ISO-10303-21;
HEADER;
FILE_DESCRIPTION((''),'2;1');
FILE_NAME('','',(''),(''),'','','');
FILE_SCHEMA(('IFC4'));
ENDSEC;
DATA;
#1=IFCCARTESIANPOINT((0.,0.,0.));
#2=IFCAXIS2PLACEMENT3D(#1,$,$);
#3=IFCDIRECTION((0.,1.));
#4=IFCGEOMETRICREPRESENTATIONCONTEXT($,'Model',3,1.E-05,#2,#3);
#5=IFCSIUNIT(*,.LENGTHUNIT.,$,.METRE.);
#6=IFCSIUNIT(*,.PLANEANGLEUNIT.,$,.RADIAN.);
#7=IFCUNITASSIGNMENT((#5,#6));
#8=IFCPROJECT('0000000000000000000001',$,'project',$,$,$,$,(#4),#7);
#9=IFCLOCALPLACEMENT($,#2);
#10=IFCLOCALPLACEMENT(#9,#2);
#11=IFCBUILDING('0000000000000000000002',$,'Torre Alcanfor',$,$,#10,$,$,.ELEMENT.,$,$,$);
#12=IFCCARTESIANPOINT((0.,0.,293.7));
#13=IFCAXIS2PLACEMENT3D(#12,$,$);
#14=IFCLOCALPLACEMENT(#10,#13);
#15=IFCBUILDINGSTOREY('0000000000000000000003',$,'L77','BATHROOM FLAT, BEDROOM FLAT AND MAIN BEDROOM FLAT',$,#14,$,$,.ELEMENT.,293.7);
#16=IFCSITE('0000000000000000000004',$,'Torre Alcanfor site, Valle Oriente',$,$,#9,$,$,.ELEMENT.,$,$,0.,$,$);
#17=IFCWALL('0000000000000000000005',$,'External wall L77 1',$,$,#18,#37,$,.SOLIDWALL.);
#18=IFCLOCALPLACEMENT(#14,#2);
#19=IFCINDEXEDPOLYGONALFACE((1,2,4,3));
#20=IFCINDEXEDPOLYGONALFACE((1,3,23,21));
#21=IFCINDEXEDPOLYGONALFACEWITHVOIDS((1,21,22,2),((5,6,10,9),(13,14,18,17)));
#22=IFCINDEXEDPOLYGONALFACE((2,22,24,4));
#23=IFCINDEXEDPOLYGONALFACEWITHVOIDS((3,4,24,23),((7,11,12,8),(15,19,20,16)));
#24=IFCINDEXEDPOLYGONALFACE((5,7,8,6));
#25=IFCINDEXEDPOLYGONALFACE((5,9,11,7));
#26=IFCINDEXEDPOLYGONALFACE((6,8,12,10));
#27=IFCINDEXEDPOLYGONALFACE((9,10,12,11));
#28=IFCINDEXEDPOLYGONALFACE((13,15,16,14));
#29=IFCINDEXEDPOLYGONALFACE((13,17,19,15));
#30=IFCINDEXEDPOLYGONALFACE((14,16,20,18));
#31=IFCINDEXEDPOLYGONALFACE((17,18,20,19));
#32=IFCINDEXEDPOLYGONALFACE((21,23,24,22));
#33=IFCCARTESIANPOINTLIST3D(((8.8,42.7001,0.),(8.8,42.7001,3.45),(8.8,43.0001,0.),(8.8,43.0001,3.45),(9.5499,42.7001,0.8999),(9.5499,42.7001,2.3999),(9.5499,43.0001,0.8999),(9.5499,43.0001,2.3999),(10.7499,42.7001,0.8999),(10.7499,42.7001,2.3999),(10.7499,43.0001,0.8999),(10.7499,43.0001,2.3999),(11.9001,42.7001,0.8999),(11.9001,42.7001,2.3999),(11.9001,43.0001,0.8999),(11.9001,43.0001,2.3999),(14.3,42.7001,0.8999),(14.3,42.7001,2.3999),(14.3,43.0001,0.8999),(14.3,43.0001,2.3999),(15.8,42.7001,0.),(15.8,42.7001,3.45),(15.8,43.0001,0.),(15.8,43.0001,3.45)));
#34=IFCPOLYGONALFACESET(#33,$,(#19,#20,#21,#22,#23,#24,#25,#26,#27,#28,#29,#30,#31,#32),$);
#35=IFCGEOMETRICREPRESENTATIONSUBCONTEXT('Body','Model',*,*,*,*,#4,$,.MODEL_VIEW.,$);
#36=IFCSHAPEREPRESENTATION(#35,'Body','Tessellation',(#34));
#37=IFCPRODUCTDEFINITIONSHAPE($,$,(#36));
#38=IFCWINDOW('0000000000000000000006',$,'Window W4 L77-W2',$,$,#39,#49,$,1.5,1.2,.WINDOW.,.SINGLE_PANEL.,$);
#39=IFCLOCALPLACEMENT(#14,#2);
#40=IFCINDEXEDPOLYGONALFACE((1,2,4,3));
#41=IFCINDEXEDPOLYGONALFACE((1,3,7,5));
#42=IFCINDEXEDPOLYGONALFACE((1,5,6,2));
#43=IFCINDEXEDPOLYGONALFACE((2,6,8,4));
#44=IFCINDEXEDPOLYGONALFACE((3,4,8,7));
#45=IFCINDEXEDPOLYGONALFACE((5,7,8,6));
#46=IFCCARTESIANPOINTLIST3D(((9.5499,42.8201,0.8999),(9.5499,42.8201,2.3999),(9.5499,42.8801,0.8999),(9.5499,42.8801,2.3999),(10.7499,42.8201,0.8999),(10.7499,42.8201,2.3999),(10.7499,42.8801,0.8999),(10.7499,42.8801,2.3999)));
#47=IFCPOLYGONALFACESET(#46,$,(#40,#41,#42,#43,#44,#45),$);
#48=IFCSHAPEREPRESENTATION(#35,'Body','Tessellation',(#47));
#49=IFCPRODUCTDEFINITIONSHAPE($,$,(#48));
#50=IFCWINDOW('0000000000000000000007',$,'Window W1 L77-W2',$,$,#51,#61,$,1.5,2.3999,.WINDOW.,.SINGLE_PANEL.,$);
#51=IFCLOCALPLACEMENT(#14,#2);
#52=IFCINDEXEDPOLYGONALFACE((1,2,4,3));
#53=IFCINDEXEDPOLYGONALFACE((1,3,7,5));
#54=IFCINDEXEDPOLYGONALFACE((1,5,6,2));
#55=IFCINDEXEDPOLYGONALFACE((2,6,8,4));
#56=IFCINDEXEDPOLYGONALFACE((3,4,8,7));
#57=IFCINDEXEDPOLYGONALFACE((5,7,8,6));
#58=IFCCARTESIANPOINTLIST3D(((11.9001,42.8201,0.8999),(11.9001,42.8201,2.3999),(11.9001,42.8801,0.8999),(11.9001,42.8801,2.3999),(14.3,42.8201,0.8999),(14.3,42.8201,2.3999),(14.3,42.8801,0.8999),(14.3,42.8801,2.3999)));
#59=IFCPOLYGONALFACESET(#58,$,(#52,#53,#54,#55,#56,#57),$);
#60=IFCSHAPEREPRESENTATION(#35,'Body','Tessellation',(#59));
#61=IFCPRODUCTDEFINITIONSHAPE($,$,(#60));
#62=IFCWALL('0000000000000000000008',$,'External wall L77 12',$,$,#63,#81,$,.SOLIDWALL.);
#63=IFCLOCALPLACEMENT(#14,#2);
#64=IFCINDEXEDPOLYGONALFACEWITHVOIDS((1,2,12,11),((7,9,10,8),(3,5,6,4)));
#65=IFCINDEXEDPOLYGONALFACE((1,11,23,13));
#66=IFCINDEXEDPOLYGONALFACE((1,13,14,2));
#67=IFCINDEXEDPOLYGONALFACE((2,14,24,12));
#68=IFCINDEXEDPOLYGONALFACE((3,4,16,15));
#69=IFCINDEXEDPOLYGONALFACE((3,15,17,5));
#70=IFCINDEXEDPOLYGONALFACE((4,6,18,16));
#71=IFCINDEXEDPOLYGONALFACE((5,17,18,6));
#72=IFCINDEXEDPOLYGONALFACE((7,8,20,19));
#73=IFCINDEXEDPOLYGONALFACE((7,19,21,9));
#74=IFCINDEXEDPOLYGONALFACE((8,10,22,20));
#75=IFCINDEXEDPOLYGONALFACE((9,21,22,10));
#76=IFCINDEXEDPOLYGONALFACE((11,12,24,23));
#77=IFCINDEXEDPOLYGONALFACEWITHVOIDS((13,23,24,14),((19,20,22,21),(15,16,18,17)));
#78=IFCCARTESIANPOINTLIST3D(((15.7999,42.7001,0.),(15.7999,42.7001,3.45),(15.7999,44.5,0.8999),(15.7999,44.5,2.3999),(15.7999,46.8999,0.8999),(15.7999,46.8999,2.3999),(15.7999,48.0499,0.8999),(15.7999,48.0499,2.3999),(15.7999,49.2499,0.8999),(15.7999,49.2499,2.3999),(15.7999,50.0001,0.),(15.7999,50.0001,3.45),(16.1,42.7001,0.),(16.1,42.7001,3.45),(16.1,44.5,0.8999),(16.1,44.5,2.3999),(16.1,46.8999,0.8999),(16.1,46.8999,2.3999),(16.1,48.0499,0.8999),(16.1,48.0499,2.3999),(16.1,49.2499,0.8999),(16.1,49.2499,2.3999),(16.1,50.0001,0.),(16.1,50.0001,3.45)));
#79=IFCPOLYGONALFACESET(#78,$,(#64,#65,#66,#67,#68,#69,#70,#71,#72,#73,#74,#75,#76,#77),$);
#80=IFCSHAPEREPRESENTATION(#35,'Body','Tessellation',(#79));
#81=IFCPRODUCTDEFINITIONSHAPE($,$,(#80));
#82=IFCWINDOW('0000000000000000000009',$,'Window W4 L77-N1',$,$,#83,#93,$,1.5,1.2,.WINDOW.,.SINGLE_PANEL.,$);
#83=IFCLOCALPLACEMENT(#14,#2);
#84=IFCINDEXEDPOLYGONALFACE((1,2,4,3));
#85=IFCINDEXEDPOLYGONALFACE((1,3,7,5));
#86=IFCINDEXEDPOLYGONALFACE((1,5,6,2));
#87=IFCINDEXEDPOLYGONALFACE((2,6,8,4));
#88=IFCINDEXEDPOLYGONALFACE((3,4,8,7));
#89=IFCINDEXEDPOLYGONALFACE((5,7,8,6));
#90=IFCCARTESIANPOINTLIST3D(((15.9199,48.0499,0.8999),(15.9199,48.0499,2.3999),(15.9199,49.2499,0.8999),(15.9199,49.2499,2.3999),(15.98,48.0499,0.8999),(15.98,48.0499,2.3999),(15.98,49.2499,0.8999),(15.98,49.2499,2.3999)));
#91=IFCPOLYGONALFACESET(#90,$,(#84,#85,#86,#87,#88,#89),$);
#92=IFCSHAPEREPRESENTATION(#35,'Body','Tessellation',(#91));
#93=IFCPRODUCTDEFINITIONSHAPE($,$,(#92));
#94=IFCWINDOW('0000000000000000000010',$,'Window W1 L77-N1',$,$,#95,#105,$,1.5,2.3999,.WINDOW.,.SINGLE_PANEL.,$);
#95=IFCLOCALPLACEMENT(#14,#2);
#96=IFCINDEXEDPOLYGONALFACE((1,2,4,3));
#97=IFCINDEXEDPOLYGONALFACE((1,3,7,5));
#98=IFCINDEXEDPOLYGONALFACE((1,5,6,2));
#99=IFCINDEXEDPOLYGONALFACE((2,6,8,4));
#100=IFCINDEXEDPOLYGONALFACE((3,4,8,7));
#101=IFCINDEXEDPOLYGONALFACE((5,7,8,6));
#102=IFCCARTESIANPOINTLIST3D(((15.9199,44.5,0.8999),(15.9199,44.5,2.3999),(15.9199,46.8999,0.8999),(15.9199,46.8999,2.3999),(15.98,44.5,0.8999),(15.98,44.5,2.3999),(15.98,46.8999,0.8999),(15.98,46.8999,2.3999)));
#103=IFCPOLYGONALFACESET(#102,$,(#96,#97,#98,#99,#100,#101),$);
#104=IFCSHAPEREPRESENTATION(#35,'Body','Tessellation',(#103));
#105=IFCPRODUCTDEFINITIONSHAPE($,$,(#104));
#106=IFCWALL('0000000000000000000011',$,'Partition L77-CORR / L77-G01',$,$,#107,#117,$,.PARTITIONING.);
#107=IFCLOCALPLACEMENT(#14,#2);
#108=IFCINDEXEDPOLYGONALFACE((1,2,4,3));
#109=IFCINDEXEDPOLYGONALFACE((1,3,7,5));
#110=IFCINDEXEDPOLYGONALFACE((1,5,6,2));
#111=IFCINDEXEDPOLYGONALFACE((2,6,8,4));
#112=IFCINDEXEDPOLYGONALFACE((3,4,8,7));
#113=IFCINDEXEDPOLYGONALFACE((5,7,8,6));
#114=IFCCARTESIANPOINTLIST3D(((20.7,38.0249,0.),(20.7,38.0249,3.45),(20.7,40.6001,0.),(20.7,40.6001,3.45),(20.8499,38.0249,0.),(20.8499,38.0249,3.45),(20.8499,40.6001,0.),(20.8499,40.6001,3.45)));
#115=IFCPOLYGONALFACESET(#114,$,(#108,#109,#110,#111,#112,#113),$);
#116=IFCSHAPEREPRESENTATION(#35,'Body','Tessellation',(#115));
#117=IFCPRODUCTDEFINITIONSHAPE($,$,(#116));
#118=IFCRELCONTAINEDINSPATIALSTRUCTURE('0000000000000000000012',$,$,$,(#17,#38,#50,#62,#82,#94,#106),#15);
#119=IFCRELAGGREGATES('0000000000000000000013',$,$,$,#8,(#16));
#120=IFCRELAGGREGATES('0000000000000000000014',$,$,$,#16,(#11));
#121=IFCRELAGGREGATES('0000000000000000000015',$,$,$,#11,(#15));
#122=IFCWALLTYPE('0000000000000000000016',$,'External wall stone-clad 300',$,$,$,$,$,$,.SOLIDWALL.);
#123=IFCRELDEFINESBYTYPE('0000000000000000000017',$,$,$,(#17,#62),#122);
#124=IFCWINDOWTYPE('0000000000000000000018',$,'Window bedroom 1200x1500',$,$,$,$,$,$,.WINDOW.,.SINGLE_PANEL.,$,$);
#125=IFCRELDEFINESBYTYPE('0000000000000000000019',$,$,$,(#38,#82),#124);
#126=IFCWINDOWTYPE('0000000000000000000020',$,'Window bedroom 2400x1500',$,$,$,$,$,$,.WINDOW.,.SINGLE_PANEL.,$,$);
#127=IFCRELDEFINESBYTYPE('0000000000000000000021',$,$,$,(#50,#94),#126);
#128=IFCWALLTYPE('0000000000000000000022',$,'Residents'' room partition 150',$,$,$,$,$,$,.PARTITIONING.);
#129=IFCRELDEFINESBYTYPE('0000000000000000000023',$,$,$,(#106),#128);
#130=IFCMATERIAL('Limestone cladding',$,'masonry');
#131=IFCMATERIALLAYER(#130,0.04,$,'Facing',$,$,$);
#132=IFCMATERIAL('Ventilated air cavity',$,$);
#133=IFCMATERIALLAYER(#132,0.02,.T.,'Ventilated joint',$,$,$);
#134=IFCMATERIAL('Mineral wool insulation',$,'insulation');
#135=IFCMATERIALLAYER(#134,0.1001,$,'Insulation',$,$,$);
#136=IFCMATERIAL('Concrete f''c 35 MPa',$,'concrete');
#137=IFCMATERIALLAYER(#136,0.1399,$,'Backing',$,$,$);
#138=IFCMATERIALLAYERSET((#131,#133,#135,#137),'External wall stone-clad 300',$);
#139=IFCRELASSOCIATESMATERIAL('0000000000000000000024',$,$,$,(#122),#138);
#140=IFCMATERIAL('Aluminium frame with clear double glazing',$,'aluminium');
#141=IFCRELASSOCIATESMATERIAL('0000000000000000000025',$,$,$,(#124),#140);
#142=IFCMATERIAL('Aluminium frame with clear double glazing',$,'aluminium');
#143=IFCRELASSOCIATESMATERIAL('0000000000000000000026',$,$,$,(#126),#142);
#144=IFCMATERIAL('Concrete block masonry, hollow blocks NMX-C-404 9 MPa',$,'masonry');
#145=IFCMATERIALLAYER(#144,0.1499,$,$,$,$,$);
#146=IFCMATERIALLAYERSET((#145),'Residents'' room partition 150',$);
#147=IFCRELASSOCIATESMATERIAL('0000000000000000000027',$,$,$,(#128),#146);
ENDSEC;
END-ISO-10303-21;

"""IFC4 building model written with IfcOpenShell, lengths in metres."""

from ifc_helpers import new_model, si_unit, direction, frame, frame_2d, origin, place, context, subcontext, project, spatial, rectangle, extrude, material, layer, layer_set, type_object, element, fill, save


model = new_model("IFC4")

# Units and contexts
model_context = context("Model", 3, precision=1e-05, world=origin(), true_north=direction((0.0, 1.0)))
body_context = subcontext(model_context, "Body", "Model", "MODEL_VIEW")
ifc_project = project(units=[si_unit("LENGTHUNIT", "METRE"), si_unit("PLANEANGLEUNIT", "RADIAN")], contexts=[model_context])

# Site, building, storey
site_placement = place(None, origin())
site = spatial("IfcSite", under=ifc_project, at=site_placement, Name="Torre Alcanfor site, Valle Oriente", CompositionType="ELEMENT", RefElevation=0.0)
building_placement = place(site_placement, origin())
building = spatial("IfcBuilding", under=site, at=building_placement, Name="Torre Alcanfor", CompositionType="ELEMENT")
storey_placement = place(building_placement, frame((0.0, 0.0, 293.7)))
storey = spatial("IfcBuildingStorey", under=building, at=storey_placement, Name="L77", Description="BATHROOM FLAT, BEDROOM FLAT AND MAIN BEDROOM FLAT", CompositionType="ELEMENT", Elevation=293.7)

# Walls, openings, windows
ifc_material_1 = material(Name="Limestone cladding", Category="masonry")
ifc_layer_1 = layer(ifc_material_1, 0.04, Name="Facing")
ifc_material_2 = material(Name="Ventilated air cavity")
ifc_layer_2 = layer(ifc_material_2, 0.02, ventilated=True, Name="Ventilated joint")
ifc_material_3 = material(Name="Mineral wool insulation", Category="insulation")
ifc_layer_3 = layer(ifc_material_3, 0.1001, Name="Insulation")
ifc_material_4 = material(Name="Concrete f'c 35 MPa", Category="concrete")
ifc_layer_4 = layer(ifc_material_4, 0.1399, Name="Backing")
ifc_layer_set_1 = layer_set([ifc_layer_1, ifc_layer_2, ifc_layer_3, ifc_layer_4], Name="External wall stone-clad 300")
wall_type_1 = type_object("IfcWallType", Name="External wall stone-clad 300", PredefinedType="SOLIDWALL", material=ifc_layer_set_1)
wall_1_placement = place(storey_placement, frame((15.8, 42.8501, 0.0), z_axis=(0.0, 0.0, 1.0), x_axis=(-1.0, 0.0, 0.0)))
wall_1 = element("IfcWall", 1, at=wall_1_placement, inside=storey, type_object=wall_type_1, Name="External wall L77 1", PredefinedType="SOLIDWALL", context=body_context, shape_type="SweptSolid", body=[
    extrude(rectangle(XDim=7.0, YDim=0.3, at=frame_2d((3.5, 0.0))), origin(), (0.0, 0.0, 1.0), 3.45),
])
opening_1_placement = place(wall_1_placement, frame((1.5, 0.0, 0.8999)))
opening_1 = element("IfcOpeningElement", 2, at=opening_1_placement, cuts=wall_1, PredefinedType="OPENING", context=body_context, shape_type="SweptSolid", body=[
    extrude(rectangle(XDim=2.3999, YDim=1.5, at=frame_2d((1.2, 0.75))), frame((0.0, 0.1599, 0.0), z_axis=(0.0, -1.0, 0.0), x_axis=(1.0, 0.0, 0.0)), (0.0, 0.0, 1.0), 0.3201),
])
opening_2_placement = place(wall_1_placement, frame((5.05, 0.0, 0.8999)))
opening_2 = element("IfcOpeningElement", 3, at=opening_2_placement, cuts=wall_1, PredefinedType="OPENING", context=body_context, shape_type="SweptSolid", body=[
    extrude(rectangle(XDim=1.2, YDim=1.5, at=frame_2d((0.6001, 0.75))), frame((0.0, 0.1599, 0.0), z_axis=(0.0, -1.0, 0.0), x_axis=(1.0, 0.0, 0.0)), (0.0, 0.0, 1.0), 0.3201),
])
ifc_material_5 = material(Name="Aluminium frame with clear double glazing", Category="aluminium")
window_type_1 = type_object("IfcWindowType", Name="Window bedroom 1200x1500", PartitioningType="SINGLE_PANEL", PredefinedType="WINDOW", material=ifc_material_5)
window_1_placement = place(opening_2_placement, origin())
window_1 = element("IfcWindow", 4, at=window_1_placement, inside=storey, type_object=window_type_1, Name="Window W4 L77-W2", OverallHeight=1.5, OverallWidth=1.2, PartitioningType="SINGLE_PANEL", PredefinedType="WINDOW", context=body_context, shape_type="SweptSolid", body=[
    extrude(rectangle(XDim=1.2, YDim=1.5, at=frame_2d((0.6001, 0.75))), frame((0.0, 0.03, 0.0), z_axis=(0.0, -1.0, 0.0), x_axis=(1.0, 0.0, 0.0)), (0.0, 0.0, 1.0), 0.0601),
])
fill(opening_2, window_1)
ifc_material_6 = material(Name="Aluminium frame with clear double glazing", Category="aluminium")
window_type_2 = type_object("IfcWindowType", Name="Window bedroom 2400x1500", PartitioningType="SINGLE_PANEL", PredefinedType="WINDOW", material=ifc_material_6)
window_2_placement = place(opening_1_placement, origin())
window_2 = element("IfcWindow", 5, at=window_2_placement, inside=storey, type_object=window_type_2, Name="Window W1 L77-W2", OverallHeight=1.5, OverallWidth=2.3999, PartitioningType="SINGLE_PANEL", PredefinedType="WINDOW", context=body_context, shape_type="SweptSolid", body=[
    extrude(rectangle(XDim=2.3999, YDim=1.5, at=frame_2d((1.2, 0.75))), frame((0.0, 0.03, 0.0), z_axis=(0.0, -1.0, 0.0), x_axis=(1.0, 0.0, 0.0)), (0.0, 0.0, 1.0), 0.0601),
])
fill(opening_1, window_2)
wall_2_placement = place(storey_placement, frame((15.95, 50.0, 0.0), z_axis=(0.0, 0.0, 1.0), x_axis=(0.0, -1.0, 0.0)))
wall_2 = element("IfcWall", 6, at=wall_2_placement, inside=storey, type_object=wall_type_1, Name="External wall L77 12", PredefinedType="SOLIDWALL", context=body_context, shape_type="SweptSolid", body=[
    extrude(rectangle(XDim=7.3, YDim=0.3, at=frame_2d((3.6499, 0.0))), origin(), (0.0, 0.0, 1.0), 3.45),
])
opening_3_placement = place(wall_2_placement, frame((3.1001, 0.0, 0.8999)))
opening_3 = element("IfcOpeningElement", 7, at=opening_3_placement, cuts=wall_2, PredefinedType="OPENING", context=body_context, shape_type="SweptSolid", body=[
    extrude(rectangle(XDim=2.3999, YDim=1.5, at=frame_2d((1.2, 0.75))), frame((0.0, 0.1599, 0.0), z_axis=(0.0, -1.0, 0.0), x_axis=(1.0, 0.0, 0.0)), (0.0, 0.0, 1.0), 0.3201),
])
opening_4_placement = place(wall_2_placement, frame((0.75, 0.0, 0.8999)))
opening_4 = element("IfcOpeningElement", 8, at=opening_4_placement, cuts=wall_2, PredefinedType="OPENING", context=body_context, shape_type="SweptSolid", body=[
    extrude(rectangle(XDim=1.2, YDim=1.5, at=frame_2d((0.6001, 0.75))), frame((0.0, 0.1599, 0.0), z_axis=(0.0, -1.0, 0.0), x_axis=(1.0, 0.0, 0.0)), (0.0, 0.0, 1.0), 0.3201),
])
window_3_placement = place(opening_4_placement, origin())
window_3 = element("IfcWindow", 9, at=window_3_placement, inside=storey, type_object=window_type_1, Name="Window W4 L77-N1", OverallHeight=1.5, OverallWidth=1.2, PartitioningType="SINGLE_PANEL", PredefinedType="WINDOW", context=body_context, shape_type="SweptSolid", body=[
    extrude(rectangle(XDim=1.2, YDim=1.5, at=frame_2d((0.6001, 0.75))), frame((0.0, 0.03, 0.0), z_axis=(0.0, -1.0, 0.0), x_axis=(1.0, 0.0, 0.0)), (0.0, 0.0, 1.0), 0.0601),
])
fill(opening_4, window_3)
window_4_placement = place(opening_3_placement, origin())
window_4 = element("IfcWindow", 10, at=window_4_placement, inside=storey, type_object=window_type_2, Name="Window W1 L77-N1", OverallHeight=1.5, OverallWidth=2.3999, PartitioningType="SINGLE_PANEL", PredefinedType="WINDOW", context=body_context, shape_type="SweptSolid", body=[
    extrude(rectangle(XDim=2.3999, YDim=1.5, at=frame_2d((1.2, 0.75))), frame((0.0, 0.03, 0.0), z_axis=(0.0, -1.0, 0.0), x_axis=(1.0, 0.0, 0.0)), (0.0, 0.0, 1.0), 0.0601),
])
fill(opening_3, window_4)

# Wall
ifc_material_7 = material(Name="Concrete block masonry, hollow blocks NMX-C-404 9 MPa", Category="masonry")
ifc_layer_5 = layer(ifc_material_7, 0.1499)
ifc_layer_set_2 = layer_set([ifc_layer_5], Name="Residents' room partition 150")
wall_type_2 = type_object("IfcWallType", Name="Residents' room partition 150", PredefinedType="PARTITIONING", material=ifc_layer_set_2)
wall_3_placement = place(storey_placement, frame((20.7749, 40.6001, 0.0), z_axis=(0.0, 0.0, 1.0), x_axis=(0.0, -1.0, 0.0)))
element("IfcWall", 11, at=wall_3_placement, inside=storey, type_object=wall_type_2, Name="Partition L77-CORR / L77-G01", PredefinedType="PARTITIONING", context=body_context, shape_type="SweptSolid", body=[
    extrude(rectangle(XDim=2.5752, YDim=0.1499, at=frame_2d((1.2876, 0.0))), origin(), (0.0, 0.0, 1.0), 3.45),
])

save(model, "model.ifc")
